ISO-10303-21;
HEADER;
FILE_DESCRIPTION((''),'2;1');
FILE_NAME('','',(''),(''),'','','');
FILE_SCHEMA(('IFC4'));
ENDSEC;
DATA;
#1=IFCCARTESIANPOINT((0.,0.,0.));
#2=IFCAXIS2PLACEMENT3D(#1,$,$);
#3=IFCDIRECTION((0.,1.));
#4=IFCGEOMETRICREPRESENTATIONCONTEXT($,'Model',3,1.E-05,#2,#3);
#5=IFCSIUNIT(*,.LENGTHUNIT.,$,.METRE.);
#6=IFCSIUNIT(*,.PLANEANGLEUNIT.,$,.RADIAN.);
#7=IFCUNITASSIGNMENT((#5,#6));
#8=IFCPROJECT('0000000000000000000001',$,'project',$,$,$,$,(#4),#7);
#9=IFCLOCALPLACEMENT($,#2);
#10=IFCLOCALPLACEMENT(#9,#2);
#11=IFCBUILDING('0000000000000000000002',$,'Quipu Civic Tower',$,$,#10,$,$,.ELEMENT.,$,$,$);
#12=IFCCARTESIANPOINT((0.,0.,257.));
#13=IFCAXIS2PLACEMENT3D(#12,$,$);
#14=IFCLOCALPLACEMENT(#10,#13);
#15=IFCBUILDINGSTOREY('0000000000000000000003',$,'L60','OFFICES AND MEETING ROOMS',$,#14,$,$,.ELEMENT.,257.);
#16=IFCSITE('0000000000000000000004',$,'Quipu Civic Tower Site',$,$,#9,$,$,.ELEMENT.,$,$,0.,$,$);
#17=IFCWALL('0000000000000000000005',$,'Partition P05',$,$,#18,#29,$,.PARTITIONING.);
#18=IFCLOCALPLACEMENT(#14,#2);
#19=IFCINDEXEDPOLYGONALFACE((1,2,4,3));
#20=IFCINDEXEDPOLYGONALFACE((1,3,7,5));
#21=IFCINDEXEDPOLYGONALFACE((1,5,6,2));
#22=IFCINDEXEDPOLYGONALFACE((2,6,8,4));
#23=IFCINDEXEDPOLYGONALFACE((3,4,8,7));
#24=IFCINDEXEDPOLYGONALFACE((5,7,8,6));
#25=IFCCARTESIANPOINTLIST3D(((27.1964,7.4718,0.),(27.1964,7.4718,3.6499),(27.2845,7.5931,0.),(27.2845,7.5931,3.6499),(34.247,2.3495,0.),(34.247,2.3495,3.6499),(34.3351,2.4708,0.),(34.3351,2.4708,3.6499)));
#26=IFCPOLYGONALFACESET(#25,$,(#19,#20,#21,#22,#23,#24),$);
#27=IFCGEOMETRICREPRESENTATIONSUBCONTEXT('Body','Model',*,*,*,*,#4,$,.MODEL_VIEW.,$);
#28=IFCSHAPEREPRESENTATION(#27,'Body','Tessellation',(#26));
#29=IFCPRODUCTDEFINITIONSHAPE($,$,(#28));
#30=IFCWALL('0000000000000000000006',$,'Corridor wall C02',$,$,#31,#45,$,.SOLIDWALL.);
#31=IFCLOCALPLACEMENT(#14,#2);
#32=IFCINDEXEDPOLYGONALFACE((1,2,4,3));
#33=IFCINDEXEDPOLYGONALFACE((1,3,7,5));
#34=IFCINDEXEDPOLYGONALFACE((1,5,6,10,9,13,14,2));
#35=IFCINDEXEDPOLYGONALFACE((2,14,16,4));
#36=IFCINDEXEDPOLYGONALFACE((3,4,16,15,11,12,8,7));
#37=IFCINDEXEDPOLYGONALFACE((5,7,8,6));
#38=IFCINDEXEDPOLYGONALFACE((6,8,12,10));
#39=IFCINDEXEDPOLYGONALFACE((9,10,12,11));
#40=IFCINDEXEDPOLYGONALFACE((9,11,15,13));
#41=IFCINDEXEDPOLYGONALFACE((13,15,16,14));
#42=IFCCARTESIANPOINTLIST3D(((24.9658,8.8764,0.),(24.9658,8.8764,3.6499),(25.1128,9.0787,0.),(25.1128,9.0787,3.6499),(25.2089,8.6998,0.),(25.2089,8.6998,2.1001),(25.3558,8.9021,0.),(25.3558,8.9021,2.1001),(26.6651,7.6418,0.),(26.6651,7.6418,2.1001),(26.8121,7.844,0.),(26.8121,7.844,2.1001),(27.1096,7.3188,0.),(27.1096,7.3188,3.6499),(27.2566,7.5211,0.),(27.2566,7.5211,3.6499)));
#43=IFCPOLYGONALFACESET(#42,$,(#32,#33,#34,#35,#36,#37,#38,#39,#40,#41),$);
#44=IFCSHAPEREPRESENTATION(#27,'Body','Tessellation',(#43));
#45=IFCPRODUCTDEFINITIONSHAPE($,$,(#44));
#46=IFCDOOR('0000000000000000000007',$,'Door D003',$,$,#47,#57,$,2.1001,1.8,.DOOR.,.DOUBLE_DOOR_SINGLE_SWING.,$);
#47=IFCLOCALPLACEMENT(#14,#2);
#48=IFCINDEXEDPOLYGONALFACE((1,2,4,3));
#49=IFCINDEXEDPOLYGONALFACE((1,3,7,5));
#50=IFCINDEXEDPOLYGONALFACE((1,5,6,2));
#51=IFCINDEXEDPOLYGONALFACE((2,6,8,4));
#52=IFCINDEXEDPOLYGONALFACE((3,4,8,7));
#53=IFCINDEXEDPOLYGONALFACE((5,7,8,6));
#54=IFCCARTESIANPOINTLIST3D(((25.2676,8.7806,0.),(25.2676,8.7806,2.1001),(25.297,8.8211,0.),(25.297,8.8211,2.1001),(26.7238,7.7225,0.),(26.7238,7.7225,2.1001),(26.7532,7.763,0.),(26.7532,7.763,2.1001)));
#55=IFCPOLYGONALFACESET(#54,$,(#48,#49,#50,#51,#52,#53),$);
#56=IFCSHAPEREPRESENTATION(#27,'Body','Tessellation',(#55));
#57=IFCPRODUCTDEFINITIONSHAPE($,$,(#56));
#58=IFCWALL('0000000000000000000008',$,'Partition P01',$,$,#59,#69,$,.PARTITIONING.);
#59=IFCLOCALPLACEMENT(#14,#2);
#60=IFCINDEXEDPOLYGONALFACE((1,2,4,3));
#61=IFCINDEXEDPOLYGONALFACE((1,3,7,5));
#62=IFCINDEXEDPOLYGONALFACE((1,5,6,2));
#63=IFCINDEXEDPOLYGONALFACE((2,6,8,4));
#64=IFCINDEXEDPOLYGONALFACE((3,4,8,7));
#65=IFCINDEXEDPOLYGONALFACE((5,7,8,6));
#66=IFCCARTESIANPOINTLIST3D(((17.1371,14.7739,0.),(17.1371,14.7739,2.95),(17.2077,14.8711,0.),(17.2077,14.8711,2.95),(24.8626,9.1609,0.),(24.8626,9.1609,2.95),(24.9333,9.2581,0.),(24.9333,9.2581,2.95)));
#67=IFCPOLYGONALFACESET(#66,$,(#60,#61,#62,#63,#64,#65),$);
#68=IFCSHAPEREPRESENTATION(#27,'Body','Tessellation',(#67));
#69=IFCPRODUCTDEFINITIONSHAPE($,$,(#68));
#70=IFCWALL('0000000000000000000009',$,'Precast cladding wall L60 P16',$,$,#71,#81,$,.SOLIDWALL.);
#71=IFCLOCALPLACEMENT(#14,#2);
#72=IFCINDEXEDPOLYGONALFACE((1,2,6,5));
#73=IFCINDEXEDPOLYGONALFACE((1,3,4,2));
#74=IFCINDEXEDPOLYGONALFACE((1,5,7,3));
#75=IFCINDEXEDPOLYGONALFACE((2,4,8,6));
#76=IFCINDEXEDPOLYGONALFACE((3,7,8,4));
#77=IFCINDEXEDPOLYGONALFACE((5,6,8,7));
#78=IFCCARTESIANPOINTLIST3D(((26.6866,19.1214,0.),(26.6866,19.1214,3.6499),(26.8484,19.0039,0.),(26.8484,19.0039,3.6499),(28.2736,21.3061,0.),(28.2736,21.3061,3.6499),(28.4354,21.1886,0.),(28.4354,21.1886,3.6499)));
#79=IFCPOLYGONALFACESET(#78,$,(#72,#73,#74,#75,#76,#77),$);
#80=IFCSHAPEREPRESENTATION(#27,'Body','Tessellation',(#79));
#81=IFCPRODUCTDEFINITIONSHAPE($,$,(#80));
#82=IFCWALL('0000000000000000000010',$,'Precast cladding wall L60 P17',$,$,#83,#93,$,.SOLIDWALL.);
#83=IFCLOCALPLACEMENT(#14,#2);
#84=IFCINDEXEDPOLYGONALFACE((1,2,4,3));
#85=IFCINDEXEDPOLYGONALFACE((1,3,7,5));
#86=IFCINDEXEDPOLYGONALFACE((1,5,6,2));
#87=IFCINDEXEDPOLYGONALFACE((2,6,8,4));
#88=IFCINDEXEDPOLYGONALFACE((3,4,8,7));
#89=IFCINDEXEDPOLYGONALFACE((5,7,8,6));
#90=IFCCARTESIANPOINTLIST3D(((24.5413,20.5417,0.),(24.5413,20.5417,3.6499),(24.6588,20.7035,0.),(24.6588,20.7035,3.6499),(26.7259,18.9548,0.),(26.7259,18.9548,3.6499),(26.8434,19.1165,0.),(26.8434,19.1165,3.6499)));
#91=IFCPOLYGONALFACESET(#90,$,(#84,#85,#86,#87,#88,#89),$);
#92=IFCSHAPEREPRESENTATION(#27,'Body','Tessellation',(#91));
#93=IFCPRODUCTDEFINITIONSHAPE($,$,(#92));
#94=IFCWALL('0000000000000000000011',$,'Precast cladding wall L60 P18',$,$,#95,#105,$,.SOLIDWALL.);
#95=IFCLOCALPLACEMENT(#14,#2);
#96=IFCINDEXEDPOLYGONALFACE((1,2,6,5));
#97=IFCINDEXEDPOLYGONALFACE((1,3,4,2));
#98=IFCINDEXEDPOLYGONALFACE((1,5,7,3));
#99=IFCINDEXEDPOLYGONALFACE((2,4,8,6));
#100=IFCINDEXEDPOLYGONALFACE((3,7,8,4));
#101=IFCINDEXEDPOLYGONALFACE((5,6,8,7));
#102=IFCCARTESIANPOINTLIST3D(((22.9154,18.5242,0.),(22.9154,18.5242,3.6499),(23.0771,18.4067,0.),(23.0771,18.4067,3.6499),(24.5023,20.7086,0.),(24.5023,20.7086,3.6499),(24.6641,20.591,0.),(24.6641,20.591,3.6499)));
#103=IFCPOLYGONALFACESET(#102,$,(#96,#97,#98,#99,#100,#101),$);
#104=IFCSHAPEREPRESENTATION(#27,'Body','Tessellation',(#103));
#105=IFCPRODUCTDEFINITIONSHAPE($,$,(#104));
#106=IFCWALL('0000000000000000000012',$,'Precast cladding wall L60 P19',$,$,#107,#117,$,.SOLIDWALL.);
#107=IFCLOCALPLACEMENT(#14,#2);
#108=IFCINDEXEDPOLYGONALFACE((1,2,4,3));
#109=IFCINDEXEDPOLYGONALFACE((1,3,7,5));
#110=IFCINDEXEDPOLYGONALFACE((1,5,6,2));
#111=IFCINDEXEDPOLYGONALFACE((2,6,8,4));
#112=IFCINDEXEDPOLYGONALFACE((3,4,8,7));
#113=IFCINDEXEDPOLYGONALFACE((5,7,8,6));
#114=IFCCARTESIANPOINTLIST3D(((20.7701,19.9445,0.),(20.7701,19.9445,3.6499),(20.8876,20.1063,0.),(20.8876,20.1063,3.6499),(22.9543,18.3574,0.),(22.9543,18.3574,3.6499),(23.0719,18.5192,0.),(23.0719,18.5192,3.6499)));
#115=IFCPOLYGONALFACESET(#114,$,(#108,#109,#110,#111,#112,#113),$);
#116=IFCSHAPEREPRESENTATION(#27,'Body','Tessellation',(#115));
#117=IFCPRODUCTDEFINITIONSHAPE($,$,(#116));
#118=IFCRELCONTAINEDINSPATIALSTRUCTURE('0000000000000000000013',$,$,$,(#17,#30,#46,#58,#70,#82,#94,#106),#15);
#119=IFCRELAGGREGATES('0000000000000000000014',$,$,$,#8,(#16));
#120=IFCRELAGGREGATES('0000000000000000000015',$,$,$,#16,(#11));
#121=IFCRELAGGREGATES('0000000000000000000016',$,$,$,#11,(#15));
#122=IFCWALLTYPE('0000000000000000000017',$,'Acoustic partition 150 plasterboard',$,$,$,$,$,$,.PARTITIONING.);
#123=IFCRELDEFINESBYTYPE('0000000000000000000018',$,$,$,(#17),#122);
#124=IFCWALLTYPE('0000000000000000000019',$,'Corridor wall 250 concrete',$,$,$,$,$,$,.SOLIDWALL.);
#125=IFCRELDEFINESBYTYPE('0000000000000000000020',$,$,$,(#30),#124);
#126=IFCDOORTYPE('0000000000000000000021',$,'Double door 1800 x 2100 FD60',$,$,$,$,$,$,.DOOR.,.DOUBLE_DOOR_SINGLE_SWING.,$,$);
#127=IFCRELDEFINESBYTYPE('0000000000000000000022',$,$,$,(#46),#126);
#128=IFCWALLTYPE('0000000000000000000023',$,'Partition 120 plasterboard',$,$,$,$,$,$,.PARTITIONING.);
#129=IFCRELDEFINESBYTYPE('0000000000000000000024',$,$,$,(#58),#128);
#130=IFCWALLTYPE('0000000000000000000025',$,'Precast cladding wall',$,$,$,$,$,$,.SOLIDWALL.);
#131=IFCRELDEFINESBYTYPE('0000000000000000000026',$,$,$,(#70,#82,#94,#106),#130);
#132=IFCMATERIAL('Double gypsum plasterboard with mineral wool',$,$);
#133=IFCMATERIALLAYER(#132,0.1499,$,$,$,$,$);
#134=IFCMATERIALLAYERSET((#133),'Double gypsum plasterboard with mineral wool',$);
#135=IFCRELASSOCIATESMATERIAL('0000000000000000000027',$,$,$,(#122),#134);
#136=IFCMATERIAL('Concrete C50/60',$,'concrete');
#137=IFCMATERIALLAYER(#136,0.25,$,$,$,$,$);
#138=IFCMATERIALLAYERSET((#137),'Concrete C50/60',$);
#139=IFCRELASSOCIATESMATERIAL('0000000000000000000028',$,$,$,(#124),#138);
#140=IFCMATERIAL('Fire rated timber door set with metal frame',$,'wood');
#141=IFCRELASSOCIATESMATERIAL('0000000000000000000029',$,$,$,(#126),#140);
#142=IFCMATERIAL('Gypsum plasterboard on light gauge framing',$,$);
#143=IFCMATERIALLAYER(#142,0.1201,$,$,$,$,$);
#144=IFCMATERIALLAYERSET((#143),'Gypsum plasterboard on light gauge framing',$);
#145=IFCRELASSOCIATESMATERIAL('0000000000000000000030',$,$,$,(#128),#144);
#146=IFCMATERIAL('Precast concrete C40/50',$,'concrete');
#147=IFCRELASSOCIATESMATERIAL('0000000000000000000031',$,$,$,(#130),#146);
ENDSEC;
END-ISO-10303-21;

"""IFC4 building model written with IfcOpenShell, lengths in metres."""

from ifc_helpers import new_model, si_unit, direction, frame, frame_2d, origin, place, context, subcontext, project, spatial, rectangle, extrude, material, layer, layer_set, type_object, element, fill, save


model = new_model("IFC4")

# Units and contexts
model_context = context("Model", 3, precision=1e-05, world=origin(), true_north=direction((0.0, 1.0)))
body_context = subcontext(model_context, "Body", "Model", "MODEL_VIEW")
ifc_project = project(units=[si_unit("LENGTHUNIT", "METRE"), si_unit("PLANEANGLEUNIT", "RADIAN")], contexts=[model_context])

# Site, building, storey
site_placement = place(None, origin())
site = spatial("IfcSite", under=ifc_project, at=site_placement, Name="Quipu Civic Tower Site", CompositionType="ELEMENT", RefElevation=0.0)
building_placement = place(site_placement, origin())
building = spatial("IfcBuilding", under=site, at=building_placement, Name="Quipu Civic Tower", CompositionType="ELEMENT")
storey_placement = place(building_placement, frame((0.0, 0.0, 257.0)))
storey = spatial("IfcBuildingStorey", under=building, at=storey_placement, Name="L60", Description="OFFICES AND MEETING ROOMS", CompositionType="ELEMENT", Elevation=257.0)

# Wall
ifc_material_1 = material(Name="Double gypsum plasterboard with mineral wool")
ifc_layer_1 = layer(ifc_material_1, 0.1499)
ifc_layer_set_1 = layer_set([ifc_layer_1], Name="Double gypsum plasterboard with mineral wool")
wall_type_1 = type_object("IfcWallType", Name="Acoustic partition 150 plasterboard", PredefinedType="PARTITIONING", material=ifc_layer_set_1)
wall_1_placement = place(storey_placement, frame((27.2405, 7.5325, 0.0), z_axis=(0.0, 0.0, 1.0), x_axis=(0.809028, -0.58777, 0.0)))
element("IfcWall", 1, at=wall_1_placement, inside=storey, type_object=wall_type_1, Name="Partition P05", PredefinedType="PARTITIONING", context=body_context, shape_type="SweptSolid", body=[
    extrude(rectangle(XDim=8.7148, YDim=0.1499, at=frame_2d((4.3574, 0.0))), origin(), (0.0, 0.0, 1.0), 3.6499),
])

# Wall, opening, door
ifc_material_2 = material(Name="Concrete C50/60", Category="concrete")
ifc_layer_2 = layer(ifc_material_2, 0.25)
ifc_layer_set_2 = layer_set([ifc_layer_2], Name="Concrete C50/60")
wall_type_2 = type_object("IfcWallType", Name="Corridor wall 250 concrete", PredefinedType="SOLIDWALL", material=ifc_layer_set_2)
wall_2_placement = place(storey_placement, frame((25.0393, 8.9775, 0.0), z_axis=(0.0, 0.0, 1.0), x_axis=(0.809007, -0.587799, 0.0)))
wall_2 = element("IfcWall", 2, at=wall_2_placement, inside=storey, type_object=wall_type_2, Name="Corridor wall C02", PredefinedType="SOLIDWALL", context=body_context, shape_type="SweptSolid", body=[
    extrude(rectangle(XDim=2.6499, YDim=0.25, at=frame_2d((1.325, 0.0))), origin(), (0.0, 0.0, 1.0), 3.6499),
])
opening_placement = place(wall_2_placement, frame((0.3005, 0.0, 0.0)))
opening = element("IfcOpeningElement", 3, at=opening_placement, cuts=wall_2, PredefinedType="OPENING", context=body_context, shape_type="SweptSolid", body=[
    extrude(rectangle(XDim=1.8, YDim=2.1001, at=frame_2d((0.8999, 1.05))), frame((0.0, 0.135, 0.0), z_axis=(0.0, -1.0, 0.0), x_axis=(1.0, 0.0, 0.0)), (0.0, 0.0, 1.0), 0.27),
])
ifc_material_3 = material(Name="Fire rated timber door set with metal frame", Category="wood")
door_type = type_object("IfcDoorType", Name="Double door 1800 x 2100 FD60", OperationType="DOUBLE_DOOR_SINGLE_SWING", PredefinedType="DOOR", material=ifc_material_3)
door_placement = place(opening_placement, origin())
door = element("IfcDoor", 4, at=door_placement, inside=storey, type_object=door_type, Name="Door D003", OperationType="DOUBLE_DOOR_SINGLE_SWING", OverallHeight=2.1001, OverallWidth=1.8, PredefinedType="DOOR", context=body_context, shape_type="SweptSolid", body=[
    extrude(rectangle(XDim=1.8, YDim=2.1001, at=frame_2d((0.8999, 1.05))), frame((0.0, 0.0249, 0.0), z_axis=(0.0, -1.0, 0.0), x_axis=(1.0, 0.0, 0.0)), (0.0, 0.0, 1.0), 0.05),
])
fill(opening, door)

# Walls
ifc_material_4 = material(Name="Gypsum plasterboard on light gauge framing")
ifc_layer_3 = layer(ifc_material_4, 0.1201)
ifc_layer_set_3 = layer_set([ifc_layer_3], Name="Gypsum plasterboard on light gauge framing")
wall_type_3 = type_object("IfcWallType", Name="Partition 120 plasterboard", PredefinedType="PARTITIONING", material=ifc_layer_set_3)
wall_3_placement = place(storey_placement, frame((24.8979, 9.2095, 0.0), z_axis=(0.0, 0.0, 1.0), x_axis=(-0.809013, 0.58779, 0.0)))
element("IfcWall", 5, at=wall_3_placement, inside=storey, type_object=wall_type_3, Name="Partition P01", PredefinedType="PARTITIONING", context=body_context, shape_type="SweptSolid", body=[
    extrude(rectangle(XDim=9.5493, YDim=0.1201, at=frame_2d((4.7747, 0.0))), origin(), (0.0, 0.0, 1.0), 2.95),
])
ifc_material_5 = material(Name="Precast concrete C40/50", Category="concrete")
wall_type_4 = type_object("IfcWallType", Name="Precast cladding wall", PredefinedType="SOLIDWALL", material=ifc_material_5)
for number, where, z_axis, x_axis, name in (
    (6, (28.3545, 21.2473, 0.0), (0.0, 0.0, 1.0), (-0.58772, -0.809064, 0.0), "Precast cladding wall L60 P16"),
    (7, (26.7847, 19.0356, 0.0), (0.0, 0.0, 1.0), (-0.809064, 0.58772, 0.0), "Precast cladding wall L60 P17"),
):
    element("IfcWall", number, at=place(storey_placement, frame(where, z_axis=z_axis, x_axis=x_axis)), inside=storey, type_object=wall_type_4, Name=name, PredefinedType="SOLIDWALL", context=body_context, shape_type="SweptSolid", body=[
        extrude(rectangle(XDim=2.7002, YDim=0.2, at=frame_2d((1.3501, 0.0))), origin(), (0.0, 0.0, 1.0), 3.6499),
    ])
for number, where, z_axis, x_axis, name in (
    (8, (24.5833, 20.6499, 0.0), (0.0, 0.0, 1.0), (-0.587763, -0.809033, 0.0), "Precast cladding wall L60 P18"),
    (9, (23.0132, 18.4382, 0.0), (0.0, 0.0, 1.0), (-0.80899, 0.587822, 0.0), "Precast cladding wall L60 P19"),
):
    element("IfcWall", number, at=place(storey_placement, frame(where, z_axis=z_axis, x_axis=x_axis)), inside=storey, type_object=wall_type_4, Name=name, PredefinedType="SOLIDWALL", context=body_context, shape_type="SweptSolid", body=[
        extrude(rectangle(XDim=2.7, YDim=0.2, at=frame_2d((1.3501, 0.0))), origin(), (0.0, 0.0, 1.0), 3.6499),
    ])

save(model, "model.ifc")
